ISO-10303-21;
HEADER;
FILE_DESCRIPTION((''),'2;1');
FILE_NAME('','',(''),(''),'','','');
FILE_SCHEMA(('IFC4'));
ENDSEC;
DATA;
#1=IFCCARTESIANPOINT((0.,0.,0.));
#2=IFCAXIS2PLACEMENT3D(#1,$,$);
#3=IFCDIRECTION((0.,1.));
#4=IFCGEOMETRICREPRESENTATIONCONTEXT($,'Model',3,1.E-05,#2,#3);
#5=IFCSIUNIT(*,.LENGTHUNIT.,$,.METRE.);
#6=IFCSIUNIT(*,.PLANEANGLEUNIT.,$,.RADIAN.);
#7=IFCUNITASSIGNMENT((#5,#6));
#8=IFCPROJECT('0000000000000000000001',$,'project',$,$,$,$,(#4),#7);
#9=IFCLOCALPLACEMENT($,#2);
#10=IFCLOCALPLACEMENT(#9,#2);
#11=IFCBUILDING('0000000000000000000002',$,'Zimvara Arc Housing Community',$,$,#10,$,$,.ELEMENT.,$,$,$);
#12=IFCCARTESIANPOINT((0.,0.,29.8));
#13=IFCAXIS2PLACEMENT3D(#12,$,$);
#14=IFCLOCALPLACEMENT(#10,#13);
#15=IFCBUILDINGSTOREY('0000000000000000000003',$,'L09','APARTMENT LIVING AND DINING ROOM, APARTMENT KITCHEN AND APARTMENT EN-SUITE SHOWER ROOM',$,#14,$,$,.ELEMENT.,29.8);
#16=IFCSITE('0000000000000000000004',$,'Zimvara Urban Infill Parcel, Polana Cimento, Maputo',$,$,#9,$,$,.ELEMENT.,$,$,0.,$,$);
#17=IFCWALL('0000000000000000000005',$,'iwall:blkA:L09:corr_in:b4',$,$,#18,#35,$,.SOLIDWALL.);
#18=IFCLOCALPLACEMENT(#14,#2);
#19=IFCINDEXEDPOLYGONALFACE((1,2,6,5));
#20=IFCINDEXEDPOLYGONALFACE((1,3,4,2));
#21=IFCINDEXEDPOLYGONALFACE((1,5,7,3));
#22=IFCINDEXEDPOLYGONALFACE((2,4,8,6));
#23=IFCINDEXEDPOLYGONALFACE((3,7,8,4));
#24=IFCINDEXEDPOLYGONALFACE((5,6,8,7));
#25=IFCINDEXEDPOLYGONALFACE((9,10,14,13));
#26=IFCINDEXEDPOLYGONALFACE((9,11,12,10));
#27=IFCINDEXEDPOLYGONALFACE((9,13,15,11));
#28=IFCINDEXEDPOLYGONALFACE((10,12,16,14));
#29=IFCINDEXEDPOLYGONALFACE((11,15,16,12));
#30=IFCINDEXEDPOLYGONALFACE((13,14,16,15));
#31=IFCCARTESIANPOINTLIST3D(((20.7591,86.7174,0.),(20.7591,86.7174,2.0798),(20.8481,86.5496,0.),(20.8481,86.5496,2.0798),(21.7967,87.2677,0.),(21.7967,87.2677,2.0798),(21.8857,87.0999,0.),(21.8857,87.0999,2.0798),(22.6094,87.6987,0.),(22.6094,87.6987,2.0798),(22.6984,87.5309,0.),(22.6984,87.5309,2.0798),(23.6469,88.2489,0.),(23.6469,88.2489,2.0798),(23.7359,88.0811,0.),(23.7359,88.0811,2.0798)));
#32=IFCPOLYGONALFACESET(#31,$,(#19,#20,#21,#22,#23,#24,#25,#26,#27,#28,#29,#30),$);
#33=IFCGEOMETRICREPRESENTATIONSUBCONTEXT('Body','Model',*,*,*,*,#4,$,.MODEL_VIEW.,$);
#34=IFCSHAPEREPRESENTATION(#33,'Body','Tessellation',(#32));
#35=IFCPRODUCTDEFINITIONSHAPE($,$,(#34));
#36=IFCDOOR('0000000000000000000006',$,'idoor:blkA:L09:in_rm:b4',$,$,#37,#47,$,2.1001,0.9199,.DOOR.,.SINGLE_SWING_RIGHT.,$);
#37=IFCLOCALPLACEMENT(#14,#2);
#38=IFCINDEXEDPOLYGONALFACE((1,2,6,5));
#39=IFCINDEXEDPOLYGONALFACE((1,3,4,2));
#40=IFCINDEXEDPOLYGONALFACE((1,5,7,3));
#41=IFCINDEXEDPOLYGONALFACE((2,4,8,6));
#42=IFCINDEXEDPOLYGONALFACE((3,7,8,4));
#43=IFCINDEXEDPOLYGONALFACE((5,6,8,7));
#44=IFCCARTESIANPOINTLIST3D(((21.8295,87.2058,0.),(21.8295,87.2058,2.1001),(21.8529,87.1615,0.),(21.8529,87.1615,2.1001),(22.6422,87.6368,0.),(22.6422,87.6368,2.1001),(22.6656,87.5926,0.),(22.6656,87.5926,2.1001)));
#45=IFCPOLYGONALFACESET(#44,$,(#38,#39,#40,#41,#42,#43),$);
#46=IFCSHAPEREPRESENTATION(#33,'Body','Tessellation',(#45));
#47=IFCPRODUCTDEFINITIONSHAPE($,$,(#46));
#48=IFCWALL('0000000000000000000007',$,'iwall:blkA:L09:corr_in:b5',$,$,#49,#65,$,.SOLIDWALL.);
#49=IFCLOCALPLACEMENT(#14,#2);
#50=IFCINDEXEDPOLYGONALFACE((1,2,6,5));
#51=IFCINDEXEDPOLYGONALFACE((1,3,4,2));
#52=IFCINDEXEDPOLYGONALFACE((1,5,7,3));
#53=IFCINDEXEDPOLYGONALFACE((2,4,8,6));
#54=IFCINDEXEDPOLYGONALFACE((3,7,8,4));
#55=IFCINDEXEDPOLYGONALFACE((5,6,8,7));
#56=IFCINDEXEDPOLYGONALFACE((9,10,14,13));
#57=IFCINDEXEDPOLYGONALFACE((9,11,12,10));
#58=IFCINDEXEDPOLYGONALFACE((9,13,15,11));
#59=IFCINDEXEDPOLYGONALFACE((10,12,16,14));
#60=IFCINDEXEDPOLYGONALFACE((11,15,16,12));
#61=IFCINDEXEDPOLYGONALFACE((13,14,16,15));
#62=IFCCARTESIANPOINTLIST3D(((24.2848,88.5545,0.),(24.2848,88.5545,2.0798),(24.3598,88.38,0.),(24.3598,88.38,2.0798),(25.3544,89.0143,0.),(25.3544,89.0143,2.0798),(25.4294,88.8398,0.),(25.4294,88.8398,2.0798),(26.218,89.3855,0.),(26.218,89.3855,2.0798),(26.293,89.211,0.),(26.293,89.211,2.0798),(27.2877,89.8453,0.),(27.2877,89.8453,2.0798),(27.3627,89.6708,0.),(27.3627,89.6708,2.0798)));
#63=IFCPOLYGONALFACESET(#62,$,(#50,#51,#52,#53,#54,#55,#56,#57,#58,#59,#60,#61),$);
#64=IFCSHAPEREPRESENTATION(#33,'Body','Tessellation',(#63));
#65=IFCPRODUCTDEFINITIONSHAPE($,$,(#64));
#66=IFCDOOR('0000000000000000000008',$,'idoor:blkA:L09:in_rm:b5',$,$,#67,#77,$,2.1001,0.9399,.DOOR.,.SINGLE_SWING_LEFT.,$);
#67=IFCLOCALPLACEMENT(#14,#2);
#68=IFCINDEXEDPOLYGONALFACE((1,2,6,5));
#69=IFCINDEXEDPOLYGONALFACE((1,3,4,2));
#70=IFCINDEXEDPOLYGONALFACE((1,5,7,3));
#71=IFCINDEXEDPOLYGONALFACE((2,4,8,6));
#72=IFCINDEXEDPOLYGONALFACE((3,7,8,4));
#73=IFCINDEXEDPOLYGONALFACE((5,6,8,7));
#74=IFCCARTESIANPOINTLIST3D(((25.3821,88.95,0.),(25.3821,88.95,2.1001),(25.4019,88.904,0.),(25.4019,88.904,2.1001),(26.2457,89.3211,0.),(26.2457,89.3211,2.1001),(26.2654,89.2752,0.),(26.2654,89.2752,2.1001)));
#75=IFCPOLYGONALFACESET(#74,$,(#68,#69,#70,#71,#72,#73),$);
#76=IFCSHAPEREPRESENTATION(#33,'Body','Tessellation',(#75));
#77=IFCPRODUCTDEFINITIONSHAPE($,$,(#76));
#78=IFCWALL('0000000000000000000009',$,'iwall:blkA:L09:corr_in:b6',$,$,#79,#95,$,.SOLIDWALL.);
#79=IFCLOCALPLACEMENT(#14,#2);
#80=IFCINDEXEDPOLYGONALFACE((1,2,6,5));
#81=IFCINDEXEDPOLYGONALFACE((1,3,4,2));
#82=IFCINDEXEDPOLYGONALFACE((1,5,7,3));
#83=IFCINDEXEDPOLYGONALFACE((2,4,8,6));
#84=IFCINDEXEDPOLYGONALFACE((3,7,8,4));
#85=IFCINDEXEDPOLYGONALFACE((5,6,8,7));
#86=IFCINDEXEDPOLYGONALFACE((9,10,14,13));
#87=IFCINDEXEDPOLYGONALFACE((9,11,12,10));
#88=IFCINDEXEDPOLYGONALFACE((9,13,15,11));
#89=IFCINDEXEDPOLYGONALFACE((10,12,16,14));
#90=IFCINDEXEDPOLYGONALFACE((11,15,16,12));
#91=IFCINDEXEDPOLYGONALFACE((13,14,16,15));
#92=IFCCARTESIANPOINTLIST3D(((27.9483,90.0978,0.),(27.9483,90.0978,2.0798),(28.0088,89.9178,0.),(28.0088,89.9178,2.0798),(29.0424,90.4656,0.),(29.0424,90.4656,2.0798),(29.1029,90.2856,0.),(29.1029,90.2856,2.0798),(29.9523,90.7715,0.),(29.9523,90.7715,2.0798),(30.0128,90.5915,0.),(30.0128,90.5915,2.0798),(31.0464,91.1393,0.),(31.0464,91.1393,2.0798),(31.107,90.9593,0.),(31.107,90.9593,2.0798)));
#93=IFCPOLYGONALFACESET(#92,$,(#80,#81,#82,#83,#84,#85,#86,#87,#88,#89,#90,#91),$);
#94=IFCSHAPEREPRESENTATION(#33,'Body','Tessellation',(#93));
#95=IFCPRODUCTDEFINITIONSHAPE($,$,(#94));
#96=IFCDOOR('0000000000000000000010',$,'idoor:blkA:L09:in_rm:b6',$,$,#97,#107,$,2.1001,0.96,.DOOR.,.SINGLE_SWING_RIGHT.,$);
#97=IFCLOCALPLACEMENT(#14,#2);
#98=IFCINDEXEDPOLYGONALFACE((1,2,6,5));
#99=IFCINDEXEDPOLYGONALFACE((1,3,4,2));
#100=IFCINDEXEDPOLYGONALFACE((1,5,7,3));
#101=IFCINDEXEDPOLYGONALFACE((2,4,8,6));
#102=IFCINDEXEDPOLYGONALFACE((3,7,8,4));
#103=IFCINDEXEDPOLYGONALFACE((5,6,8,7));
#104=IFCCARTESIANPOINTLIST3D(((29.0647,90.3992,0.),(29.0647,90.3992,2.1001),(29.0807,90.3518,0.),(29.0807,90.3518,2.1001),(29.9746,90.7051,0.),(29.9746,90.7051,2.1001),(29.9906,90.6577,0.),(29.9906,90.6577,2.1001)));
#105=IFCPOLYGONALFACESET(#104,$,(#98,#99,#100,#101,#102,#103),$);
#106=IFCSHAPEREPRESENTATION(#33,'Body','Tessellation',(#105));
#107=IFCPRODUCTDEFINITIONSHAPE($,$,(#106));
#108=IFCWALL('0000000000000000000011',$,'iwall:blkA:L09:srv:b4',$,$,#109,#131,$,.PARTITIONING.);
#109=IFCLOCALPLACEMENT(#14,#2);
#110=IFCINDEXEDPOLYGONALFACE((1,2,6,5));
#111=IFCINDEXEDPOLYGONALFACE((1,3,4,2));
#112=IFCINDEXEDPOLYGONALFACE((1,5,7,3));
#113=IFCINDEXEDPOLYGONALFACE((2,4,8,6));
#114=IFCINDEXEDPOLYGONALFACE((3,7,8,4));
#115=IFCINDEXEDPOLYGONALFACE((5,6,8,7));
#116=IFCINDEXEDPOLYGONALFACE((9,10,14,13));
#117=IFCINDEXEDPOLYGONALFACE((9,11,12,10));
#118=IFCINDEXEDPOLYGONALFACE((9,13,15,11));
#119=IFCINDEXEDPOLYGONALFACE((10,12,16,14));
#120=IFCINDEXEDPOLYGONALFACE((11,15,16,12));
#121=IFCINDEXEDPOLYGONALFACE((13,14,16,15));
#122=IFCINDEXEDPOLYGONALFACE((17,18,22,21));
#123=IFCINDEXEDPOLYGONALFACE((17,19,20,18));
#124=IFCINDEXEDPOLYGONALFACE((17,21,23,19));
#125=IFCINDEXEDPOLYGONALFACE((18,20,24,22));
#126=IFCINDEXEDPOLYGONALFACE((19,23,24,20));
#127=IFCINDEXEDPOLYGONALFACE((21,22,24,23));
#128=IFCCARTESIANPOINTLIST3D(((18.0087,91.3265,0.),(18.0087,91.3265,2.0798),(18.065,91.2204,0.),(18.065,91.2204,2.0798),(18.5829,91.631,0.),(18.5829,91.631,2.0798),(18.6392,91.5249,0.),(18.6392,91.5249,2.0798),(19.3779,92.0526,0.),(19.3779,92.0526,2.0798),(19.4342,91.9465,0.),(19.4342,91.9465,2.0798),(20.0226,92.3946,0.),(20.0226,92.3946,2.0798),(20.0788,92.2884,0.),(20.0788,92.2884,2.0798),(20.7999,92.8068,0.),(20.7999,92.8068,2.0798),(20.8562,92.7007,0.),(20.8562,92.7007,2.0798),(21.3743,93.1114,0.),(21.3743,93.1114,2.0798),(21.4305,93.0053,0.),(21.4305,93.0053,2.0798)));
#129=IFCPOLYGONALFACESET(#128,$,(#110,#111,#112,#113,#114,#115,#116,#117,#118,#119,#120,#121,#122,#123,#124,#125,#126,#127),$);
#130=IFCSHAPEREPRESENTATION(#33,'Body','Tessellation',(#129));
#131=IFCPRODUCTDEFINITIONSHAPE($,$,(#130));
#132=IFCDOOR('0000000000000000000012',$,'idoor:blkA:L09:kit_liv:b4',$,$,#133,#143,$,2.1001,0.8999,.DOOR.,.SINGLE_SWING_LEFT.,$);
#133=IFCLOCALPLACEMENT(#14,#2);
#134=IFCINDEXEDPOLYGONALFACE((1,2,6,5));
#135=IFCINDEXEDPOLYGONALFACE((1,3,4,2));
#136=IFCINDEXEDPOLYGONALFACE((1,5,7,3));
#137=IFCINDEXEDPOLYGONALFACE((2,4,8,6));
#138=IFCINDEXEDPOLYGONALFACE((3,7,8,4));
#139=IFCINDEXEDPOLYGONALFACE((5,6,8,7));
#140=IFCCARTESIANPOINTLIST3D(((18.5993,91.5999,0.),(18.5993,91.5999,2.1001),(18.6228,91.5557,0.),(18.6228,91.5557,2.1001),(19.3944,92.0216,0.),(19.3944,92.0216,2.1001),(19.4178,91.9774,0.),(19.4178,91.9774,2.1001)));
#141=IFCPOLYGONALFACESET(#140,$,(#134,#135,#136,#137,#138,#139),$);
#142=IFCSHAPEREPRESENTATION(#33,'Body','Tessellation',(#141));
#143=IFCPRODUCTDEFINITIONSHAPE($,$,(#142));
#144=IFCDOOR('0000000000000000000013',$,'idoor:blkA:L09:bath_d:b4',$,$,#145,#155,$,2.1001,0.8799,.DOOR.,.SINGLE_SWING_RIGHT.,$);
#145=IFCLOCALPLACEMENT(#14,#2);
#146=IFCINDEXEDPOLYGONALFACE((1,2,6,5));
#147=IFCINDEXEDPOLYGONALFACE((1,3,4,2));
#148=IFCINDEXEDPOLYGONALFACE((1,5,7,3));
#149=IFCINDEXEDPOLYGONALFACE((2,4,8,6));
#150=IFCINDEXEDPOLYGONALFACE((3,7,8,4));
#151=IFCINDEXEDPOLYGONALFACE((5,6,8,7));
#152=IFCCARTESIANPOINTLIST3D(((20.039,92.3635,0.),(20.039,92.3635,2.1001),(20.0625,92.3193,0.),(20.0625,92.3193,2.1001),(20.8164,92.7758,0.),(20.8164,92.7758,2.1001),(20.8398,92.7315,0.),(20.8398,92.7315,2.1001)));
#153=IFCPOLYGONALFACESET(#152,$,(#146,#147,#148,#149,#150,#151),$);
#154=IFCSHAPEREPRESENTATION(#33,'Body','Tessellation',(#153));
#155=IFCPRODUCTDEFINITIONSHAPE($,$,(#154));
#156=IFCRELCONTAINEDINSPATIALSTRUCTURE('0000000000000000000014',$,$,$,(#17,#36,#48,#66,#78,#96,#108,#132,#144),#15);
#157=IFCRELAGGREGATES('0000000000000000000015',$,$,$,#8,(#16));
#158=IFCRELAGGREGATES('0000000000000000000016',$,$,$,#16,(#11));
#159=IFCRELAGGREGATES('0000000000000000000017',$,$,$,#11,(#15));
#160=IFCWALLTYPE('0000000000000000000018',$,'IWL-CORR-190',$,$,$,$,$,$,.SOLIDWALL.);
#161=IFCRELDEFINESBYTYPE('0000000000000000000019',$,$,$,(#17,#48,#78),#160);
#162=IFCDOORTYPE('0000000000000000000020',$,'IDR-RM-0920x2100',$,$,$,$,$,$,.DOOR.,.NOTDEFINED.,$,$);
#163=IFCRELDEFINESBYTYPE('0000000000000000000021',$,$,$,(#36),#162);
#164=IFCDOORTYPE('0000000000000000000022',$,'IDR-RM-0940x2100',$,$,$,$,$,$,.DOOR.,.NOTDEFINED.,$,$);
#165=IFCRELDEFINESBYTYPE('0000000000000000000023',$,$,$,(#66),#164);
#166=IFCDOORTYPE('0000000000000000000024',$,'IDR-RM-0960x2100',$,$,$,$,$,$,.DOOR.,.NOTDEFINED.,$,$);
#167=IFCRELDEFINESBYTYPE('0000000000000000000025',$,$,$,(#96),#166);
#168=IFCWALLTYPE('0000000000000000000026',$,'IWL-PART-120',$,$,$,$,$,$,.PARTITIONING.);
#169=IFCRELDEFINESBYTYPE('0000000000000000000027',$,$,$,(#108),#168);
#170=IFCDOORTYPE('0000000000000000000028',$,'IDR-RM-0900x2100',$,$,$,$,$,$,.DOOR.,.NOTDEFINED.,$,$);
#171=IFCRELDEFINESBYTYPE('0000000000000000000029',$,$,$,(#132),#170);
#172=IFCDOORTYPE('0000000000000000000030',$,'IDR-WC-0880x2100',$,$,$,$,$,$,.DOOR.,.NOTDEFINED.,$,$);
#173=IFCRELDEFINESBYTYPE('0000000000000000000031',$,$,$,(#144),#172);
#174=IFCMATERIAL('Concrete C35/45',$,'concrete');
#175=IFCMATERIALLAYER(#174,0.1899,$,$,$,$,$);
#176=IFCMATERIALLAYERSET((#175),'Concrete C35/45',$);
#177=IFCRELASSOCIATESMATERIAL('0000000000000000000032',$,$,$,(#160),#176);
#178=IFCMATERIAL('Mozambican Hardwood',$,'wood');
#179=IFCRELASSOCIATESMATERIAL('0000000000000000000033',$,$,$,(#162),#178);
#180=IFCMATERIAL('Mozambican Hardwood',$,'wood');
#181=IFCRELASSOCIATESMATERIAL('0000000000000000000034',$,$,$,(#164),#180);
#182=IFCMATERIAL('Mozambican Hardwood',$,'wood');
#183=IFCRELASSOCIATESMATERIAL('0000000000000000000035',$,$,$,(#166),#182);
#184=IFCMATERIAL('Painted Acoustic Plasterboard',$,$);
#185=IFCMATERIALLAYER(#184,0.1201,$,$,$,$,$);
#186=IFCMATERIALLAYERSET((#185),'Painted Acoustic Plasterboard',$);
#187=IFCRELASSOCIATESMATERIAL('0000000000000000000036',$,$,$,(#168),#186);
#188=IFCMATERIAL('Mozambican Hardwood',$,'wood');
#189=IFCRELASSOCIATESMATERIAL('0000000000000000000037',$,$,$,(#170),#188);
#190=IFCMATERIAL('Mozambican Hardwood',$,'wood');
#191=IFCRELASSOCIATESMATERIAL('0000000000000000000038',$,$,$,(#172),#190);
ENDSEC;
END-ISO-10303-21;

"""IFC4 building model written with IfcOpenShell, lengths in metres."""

from ifc_helpers import new_model, si_unit, direction, frame, frame_2d, origin, place, context, subcontext, project, spatial, rectangle, extrude, material, layer, layer_set, type_object, element, fill, save


model = new_model("IFC4")

# Units and contexts
model_context = context("Model", 3, precision=1e-05, world=origin(), true_north=direction((0.0, 1.0)))
body_context = subcontext(model_context, "Body", "Model", "MODEL_VIEW")
ifc_project = project(units=[si_unit("LENGTHUNIT", "METRE"), si_unit("PLANEANGLEUNIT", "RADIAN")], contexts=[model_context])

# Site, building, storey
site_placement = place(None, origin())
site = spatial("IfcSite", under=ifc_project, at=site_placement, Name="Zimvara Urban Infill Parcel, Polana Cimento, Maputo", CompositionType="ELEMENT", RefElevation=0.0)
building_placement = place(site_placement, origin())
building = spatial("IfcBuilding", under=site, at=building_placement, Name="Zimvara Arc Housing Community", CompositionType="ELEMENT")
storey_placement = place(building_placement, frame((0.0, 0.0, 29.8)))
storey = spatial("IfcBuildingStorey", under=building, at=storey_placement, Name="L09", Description="APARTMENT LIVING AND DINING ROOM, APARTMENT KITCHEN AND APARTMENT EN-SUITE SHOWER ROOM", CompositionType="ELEMENT", Elevation=29.8)

# Walls, openings, doors
ifc_material_1 = material(Name="Concrete C35/45", Category="concrete")
ifc_layer_1 = layer(ifc_material_1, 0.1899)
ifc_layer_set_1 = layer_set([ifc_layer_1], Name="Concrete C35/45")
wall_type_1 = type_object("IfcWallType", Name="IWL-CORR-190", PredefinedType="SOLIDWALL", material=ifc_layer_set_1)
wall_1_placement = place(storey_placement, frame((20.8037, 86.6335, 0.0), z_axis=(0.0, 0.0, 1.0), x_axis=(0.883444, 0.468536, 0.0)))
wall_1 = element("IfcWall", 1, at=wall_1_placement, inside=storey, type_object=wall_type_1, Name="iwall:blkA:L09:corr_in:b4", PredefinedType="SOLIDWALL", context=body_context, shape_type="SweptSolid", body=[
    extrude(rectangle(XDim=3.2688, YDim=0.1899, at=frame_2d((1.6343, 0.0))), origin(), (0.0, 0.0, 1.0), 2.0798),
])
opening_1_placement = place(wall_1_placement, frame((1.1743, 0.0, 0.0)))
opening_1 = element("IfcOpeningElement", 2, at=opening_1_placement, cuts=wall_1, PredefinedType="OPENING", context=body_context, shape_type="SweptSolid", body=[
    extrude(rectangle(XDim=0.9199, YDim=2.1001, at=frame_2d((0.46, 1.05))), frame((0.0, 0.105, 0.0), z_axis=(0.0, -1.0, 0.0), x_axis=(1.0, 0.0, 0.0)), (0.0, 0.0, 1.0), 0.21),
])
ifc_material_2 = material(Name="Mozambican Hardwood", Category="wood")
door_type_1 = type_object("IfcDoorType", Name="IDR-RM-0920x2100", OperationType="NOTDEFINED", PredefinedType="DOOR", material=ifc_material_2)
door_1_placement = place(opening_1_placement, origin())
door_1 = element("IfcDoor", 3, at=door_1_placement, inside=storey, type_object=door_type_1, Name="idoor:blkA:L09:in_rm:b4", OperationType="SINGLE_SWING_RIGHT", OverallHeight=2.1001, OverallWidth=0.9199, PredefinedType="DOOR", context=body_context, shape_type="SweptSolid", body=[
    extrude(rectangle(XDim=0.9199, YDim=2.1001, at=frame_2d((0.46, 1.05))), frame((0.0, 0.0249, 0.0), z_axis=(0.0, -1.0, 0.0), x_axis=(1.0, 0.0, 0.0)), (0.0, 0.0, 1.0), 0.05),
])
fill(opening_1, door_1)
wall_2_placement = place(storey_placement, frame((24.3223, 88.4673, 0.0), z_axis=(0.0, 0.0, 1.0), x_axis=(0.918723, 0.394902, 0.0)))
wall_2 = element("IfcWall", 4, at=wall_2_placement, inside=storey, type_object=wall_type_1, Name="iwall:blkA:L09:corr_in:b5", PredefinedType="SOLIDWALL", context=body_context, shape_type="SweptSolid", body=[
    extrude(rectangle(XDim=3.2686, YDim=0.1899, at=frame_2d((1.6343, 0.0))), origin(), (0.0, 0.0, 1.0), 2.0798),
])
opening_2_placement = place(wall_2_placement, frame((1.1643, 0.0, 0.0)))
opening_2 = element("IfcOpeningElement", 5, at=opening_2_placement, cuts=wall_2, PredefinedType="OPENING", context=body_context, shape_type="SweptSolid", body=[
    extrude(rectangle(XDim=0.9399, YDim=2.1001, at=frame_2d((0.47, 1.05))), frame((0.0, 0.105, 0.0), z_axis=(0.0, -1.0, 0.0), x_axis=(1.0, 0.0, 0.0)), (0.0, 0.0, 1.0), 0.21),
])
ifc_material_3 = material(Name="Mozambican Hardwood", Category="wood")
door_type_2 = type_object("IfcDoorType", Name="IDR-RM-0940x2100", OperationType="NOTDEFINED", PredefinedType="DOOR", material=ifc_material_3)
door_2_placement = place(opening_2_placement, origin())
door_2 = element("IfcDoor", 6, at=door_2_placement, inside=storey, type_object=door_type_2, Name="idoor:blkA:L09:in_rm:b5", OperationType="SINGLE_SWING_LEFT", OverallHeight=2.1001, OverallWidth=0.9399, PredefinedType="DOOR", context=body_context, shape_type="SweptSolid", body=[
    extrude(rectangle(XDim=0.9399, YDim=2.1001, at=frame_2d((0.47, 1.05))), frame((0.0, 0.0249, 0.0), z_axis=(0.0, -1.0, 0.0), x_axis=(1.0, 0.0, 0.0)), (0.0, 0.0, 1.0), 0.05),
])
fill(opening_2, door_2)
wall_3_placement = place(storey_placement, frame((27.9785, 90.0078, 0.0), z_axis=(0.0, 0.0, 1.0), x_axis=(0.947874, 0.318647, 0.0)))
wall_3 = element("IfcWall", 7, at=wall_3_placement, inside=storey, type_object=wall_type_1, Name="iwall:blkA:L09:corr_in:b6", PredefinedType="SOLIDWALL", context=body_context, shape_type="SweptSolid", body=[
    extrude(rectangle(XDim=3.2686, YDim=0.1899, at=frame_2d((1.6343, 0.0))), origin(), (0.0, 0.0, 1.0), 2.0798),
])
opening_3_placement = place(wall_3_placement, frame((1.1543, 0.0, 0.0)))
opening_3 = element("IfcOpeningElement", 8, at=opening_3_placement, cuts=wall_3, PredefinedType="OPENING", context=body_context, shape_type="SweptSolid", body=[
    extrude(rectangle(XDim=0.96, YDim=2.1001, at=frame_2d((0.48, 1.05))), frame((0.0, 0.105, 0.0), z_axis=(0.0, -1.0, 0.0), x_axis=(1.0, 0.0, 0.0)), (0.0, 0.0, 1.0), 0.21),
])
ifc_material_4 = material(Name="Mozambican Hardwood", Category="wood")
door_type_3 = type_object("IfcDoorType", Name="IDR-RM-0960x2100", OperationType="NOTDEFINED", PredefinedType="DOOR", material=ifc_material_4)
door_3_placement = place(opening_3_placement, origin())
door_3 = element("IfcDoor", 9, at=door_3_placement, inside=storey, type_object=door_type_3, Name="idoor:blkA:L09:in_rm:b6", OperationType="SINGLE_SWING_RIGHT", OverallHeight=2.1001, OverallWidth=0.96, PredefinedType="DOOR", context=body_context, shape_type="SweptSolid", body=[
    extrude(rectangle(XDim=0.96, YDim=2.1001, at=frame_2d((0.48, 1.05))), frame((0.0, 0.0249, 0.0), z_axis=(0.0, -1.0, 0.0), x_axis=(1.0, 0.0, 0.0)), (0.0, 0.0, 1.0), 0.05),
])
fill(opening_3, door_3)

# Wall, openings, doors
ifc_material_5 = material(Name="Painted Acoustic Plasterboard")
ifc_layer_2 = layer(ifc_material_5, 0.1201)
ifc_layer_set_2 = layer_set([ifc_layer_2], Name="Painted Acoustic Plasterboard")
wall_type_2 = type_object("IfcWallType", Name="IWL-PART-120", PredefinedType="PARTITIONING", material=ifc_layer_set_2)
wall_4_placement = place(storey_placement, frame((18.0369, 91.2734, 0.0), z_axis=(0.0, 0.0, 1.0), x_axis=(0.883442, 0.468541, 0.0)))
wall_4 = element("IfcWall", 10, at=wall_4_placement, inside=storey, type_object=wall_type_2, Name="iwall:blkA:L09:srv:b4", PredefinedType="PARTITIONING", context=body_context, shape_type="SweptSolid", body=[
    extrude(rectangle(XDim=3.8096, YDim=0.1201, at=frame_2d((1.9048, 0.0))), origin(), (0.0, 0.0, 1.0), 2.0798),
])
opening_4_placement = place(wall_4_placement, frame((0.6499, 0.0, 0.0)))
opening_4 = element("IfcOpeningElement", 11, at=opening_4_placement, cuts=wall_4, PredefinedType="OPENING", context=body_context, shape_type="SweptSolid", body=[
    extrude(rectangle(XDim=0.8999, YDim=2.1001, at=frame_2d((0.45, 1.05))), frame((0.0, 0.0701, 0.0), z_axis=(0.0, -1.0, 0.0), x_axis=(1.0, 0.0, 0.0)), (0.0, 0.0, 1.0), 0.1401),
])
opening_5_placement = place(wall_4_placement, frame((2.2795, 0.0, 0.0)))
opening_5 = element("IfcOpeningElement", 12, at=opening_5_placement, cuts=wall_4, PredefinedType="OPENING", context=body_context, shape_type="SweptSolid", body=[
    extrude(rectangle(XDim=0.8799, YDim=2.1001, at=frame_2d((0.4399, 1.05))), frame((0.0, 0.0701, 0.0), z_axis=(0.0, -1.0, 0.0), x_axis=(1.0, 0.0, 0.0)), (0.0, 0.0, 1.0), 0.1401),
])
ifc_material_6 = material(Name="Mozambican Hardwood", Category="wood")
door_type_4 = type_object("IfcDoorType", Name="IDR-RM-0900x2100", OperationType="NOTDEFINED", PredefinedType="DOOR", material=ifc_material_6)
door_4_placement = place(opening_4_placement, origin())
door_4 = element("IfcDoor", 13, at=door_4_placement, inside=storey, type_object=door_type_4, Name="idoor:blkA:L09:kit_liv:b4", OperationType="SINGLE_SWING_LEFT", OverallHeight=2.1001, OverallWidth=0.8999, PredefinedType="DOOR", context=body_context, shape_type="SweptSolid", body=[
    extrude(rectangle(XDim=0.8999, YDim=2.1001, at=frame_2d((0.45, 1.05))), frame((0.0, 0.0249, 0.0), z_axis=(0.0, -1.0, 0.0), x_axis=(1.0, 0.0, 0.0)), (0.0, 0.0, 1.0), 0.05),
])
fill(opening_4, door_4)
ifc_material_7 = material(Name="Mozambican Hardwood", Category="wood")
door_type_5 = type_object("IfcDoorType", Name="IDR-WC-0880x2100", OperationType="NOTDEFINED", PredefinedType="DOOR", material=ifc_material_7)
door_5_placement = place(opening_5_placement, origin())
door_5 = element("IfcDoor", 14, at=door_5_placement, inside=storey, type_object=door_type_5, Name="idoor:blkA:L09:bath_d:b4", OperationType="SINGLE_SWING_RIGHT", OverallHeight=2.1001, OverallWidth=0.8799, PredefinedType="DOOR", context=body_context, shape_type="SweptSolid", body=[
    extrude(rectangle(XDim=0.8799, YDim=2.1001, at=frame_2d((0.4399, 1.05))), frame((0.0, 0.0249, 0.0), z_axis=(0.0, -1.0, 0.0), x_axis=(1.0, 0.0, 0.0)), (0.0, 0.0, 1.0), 0.05),
])
fill(opening_5, door_5)

save(model, "model.ifc")
